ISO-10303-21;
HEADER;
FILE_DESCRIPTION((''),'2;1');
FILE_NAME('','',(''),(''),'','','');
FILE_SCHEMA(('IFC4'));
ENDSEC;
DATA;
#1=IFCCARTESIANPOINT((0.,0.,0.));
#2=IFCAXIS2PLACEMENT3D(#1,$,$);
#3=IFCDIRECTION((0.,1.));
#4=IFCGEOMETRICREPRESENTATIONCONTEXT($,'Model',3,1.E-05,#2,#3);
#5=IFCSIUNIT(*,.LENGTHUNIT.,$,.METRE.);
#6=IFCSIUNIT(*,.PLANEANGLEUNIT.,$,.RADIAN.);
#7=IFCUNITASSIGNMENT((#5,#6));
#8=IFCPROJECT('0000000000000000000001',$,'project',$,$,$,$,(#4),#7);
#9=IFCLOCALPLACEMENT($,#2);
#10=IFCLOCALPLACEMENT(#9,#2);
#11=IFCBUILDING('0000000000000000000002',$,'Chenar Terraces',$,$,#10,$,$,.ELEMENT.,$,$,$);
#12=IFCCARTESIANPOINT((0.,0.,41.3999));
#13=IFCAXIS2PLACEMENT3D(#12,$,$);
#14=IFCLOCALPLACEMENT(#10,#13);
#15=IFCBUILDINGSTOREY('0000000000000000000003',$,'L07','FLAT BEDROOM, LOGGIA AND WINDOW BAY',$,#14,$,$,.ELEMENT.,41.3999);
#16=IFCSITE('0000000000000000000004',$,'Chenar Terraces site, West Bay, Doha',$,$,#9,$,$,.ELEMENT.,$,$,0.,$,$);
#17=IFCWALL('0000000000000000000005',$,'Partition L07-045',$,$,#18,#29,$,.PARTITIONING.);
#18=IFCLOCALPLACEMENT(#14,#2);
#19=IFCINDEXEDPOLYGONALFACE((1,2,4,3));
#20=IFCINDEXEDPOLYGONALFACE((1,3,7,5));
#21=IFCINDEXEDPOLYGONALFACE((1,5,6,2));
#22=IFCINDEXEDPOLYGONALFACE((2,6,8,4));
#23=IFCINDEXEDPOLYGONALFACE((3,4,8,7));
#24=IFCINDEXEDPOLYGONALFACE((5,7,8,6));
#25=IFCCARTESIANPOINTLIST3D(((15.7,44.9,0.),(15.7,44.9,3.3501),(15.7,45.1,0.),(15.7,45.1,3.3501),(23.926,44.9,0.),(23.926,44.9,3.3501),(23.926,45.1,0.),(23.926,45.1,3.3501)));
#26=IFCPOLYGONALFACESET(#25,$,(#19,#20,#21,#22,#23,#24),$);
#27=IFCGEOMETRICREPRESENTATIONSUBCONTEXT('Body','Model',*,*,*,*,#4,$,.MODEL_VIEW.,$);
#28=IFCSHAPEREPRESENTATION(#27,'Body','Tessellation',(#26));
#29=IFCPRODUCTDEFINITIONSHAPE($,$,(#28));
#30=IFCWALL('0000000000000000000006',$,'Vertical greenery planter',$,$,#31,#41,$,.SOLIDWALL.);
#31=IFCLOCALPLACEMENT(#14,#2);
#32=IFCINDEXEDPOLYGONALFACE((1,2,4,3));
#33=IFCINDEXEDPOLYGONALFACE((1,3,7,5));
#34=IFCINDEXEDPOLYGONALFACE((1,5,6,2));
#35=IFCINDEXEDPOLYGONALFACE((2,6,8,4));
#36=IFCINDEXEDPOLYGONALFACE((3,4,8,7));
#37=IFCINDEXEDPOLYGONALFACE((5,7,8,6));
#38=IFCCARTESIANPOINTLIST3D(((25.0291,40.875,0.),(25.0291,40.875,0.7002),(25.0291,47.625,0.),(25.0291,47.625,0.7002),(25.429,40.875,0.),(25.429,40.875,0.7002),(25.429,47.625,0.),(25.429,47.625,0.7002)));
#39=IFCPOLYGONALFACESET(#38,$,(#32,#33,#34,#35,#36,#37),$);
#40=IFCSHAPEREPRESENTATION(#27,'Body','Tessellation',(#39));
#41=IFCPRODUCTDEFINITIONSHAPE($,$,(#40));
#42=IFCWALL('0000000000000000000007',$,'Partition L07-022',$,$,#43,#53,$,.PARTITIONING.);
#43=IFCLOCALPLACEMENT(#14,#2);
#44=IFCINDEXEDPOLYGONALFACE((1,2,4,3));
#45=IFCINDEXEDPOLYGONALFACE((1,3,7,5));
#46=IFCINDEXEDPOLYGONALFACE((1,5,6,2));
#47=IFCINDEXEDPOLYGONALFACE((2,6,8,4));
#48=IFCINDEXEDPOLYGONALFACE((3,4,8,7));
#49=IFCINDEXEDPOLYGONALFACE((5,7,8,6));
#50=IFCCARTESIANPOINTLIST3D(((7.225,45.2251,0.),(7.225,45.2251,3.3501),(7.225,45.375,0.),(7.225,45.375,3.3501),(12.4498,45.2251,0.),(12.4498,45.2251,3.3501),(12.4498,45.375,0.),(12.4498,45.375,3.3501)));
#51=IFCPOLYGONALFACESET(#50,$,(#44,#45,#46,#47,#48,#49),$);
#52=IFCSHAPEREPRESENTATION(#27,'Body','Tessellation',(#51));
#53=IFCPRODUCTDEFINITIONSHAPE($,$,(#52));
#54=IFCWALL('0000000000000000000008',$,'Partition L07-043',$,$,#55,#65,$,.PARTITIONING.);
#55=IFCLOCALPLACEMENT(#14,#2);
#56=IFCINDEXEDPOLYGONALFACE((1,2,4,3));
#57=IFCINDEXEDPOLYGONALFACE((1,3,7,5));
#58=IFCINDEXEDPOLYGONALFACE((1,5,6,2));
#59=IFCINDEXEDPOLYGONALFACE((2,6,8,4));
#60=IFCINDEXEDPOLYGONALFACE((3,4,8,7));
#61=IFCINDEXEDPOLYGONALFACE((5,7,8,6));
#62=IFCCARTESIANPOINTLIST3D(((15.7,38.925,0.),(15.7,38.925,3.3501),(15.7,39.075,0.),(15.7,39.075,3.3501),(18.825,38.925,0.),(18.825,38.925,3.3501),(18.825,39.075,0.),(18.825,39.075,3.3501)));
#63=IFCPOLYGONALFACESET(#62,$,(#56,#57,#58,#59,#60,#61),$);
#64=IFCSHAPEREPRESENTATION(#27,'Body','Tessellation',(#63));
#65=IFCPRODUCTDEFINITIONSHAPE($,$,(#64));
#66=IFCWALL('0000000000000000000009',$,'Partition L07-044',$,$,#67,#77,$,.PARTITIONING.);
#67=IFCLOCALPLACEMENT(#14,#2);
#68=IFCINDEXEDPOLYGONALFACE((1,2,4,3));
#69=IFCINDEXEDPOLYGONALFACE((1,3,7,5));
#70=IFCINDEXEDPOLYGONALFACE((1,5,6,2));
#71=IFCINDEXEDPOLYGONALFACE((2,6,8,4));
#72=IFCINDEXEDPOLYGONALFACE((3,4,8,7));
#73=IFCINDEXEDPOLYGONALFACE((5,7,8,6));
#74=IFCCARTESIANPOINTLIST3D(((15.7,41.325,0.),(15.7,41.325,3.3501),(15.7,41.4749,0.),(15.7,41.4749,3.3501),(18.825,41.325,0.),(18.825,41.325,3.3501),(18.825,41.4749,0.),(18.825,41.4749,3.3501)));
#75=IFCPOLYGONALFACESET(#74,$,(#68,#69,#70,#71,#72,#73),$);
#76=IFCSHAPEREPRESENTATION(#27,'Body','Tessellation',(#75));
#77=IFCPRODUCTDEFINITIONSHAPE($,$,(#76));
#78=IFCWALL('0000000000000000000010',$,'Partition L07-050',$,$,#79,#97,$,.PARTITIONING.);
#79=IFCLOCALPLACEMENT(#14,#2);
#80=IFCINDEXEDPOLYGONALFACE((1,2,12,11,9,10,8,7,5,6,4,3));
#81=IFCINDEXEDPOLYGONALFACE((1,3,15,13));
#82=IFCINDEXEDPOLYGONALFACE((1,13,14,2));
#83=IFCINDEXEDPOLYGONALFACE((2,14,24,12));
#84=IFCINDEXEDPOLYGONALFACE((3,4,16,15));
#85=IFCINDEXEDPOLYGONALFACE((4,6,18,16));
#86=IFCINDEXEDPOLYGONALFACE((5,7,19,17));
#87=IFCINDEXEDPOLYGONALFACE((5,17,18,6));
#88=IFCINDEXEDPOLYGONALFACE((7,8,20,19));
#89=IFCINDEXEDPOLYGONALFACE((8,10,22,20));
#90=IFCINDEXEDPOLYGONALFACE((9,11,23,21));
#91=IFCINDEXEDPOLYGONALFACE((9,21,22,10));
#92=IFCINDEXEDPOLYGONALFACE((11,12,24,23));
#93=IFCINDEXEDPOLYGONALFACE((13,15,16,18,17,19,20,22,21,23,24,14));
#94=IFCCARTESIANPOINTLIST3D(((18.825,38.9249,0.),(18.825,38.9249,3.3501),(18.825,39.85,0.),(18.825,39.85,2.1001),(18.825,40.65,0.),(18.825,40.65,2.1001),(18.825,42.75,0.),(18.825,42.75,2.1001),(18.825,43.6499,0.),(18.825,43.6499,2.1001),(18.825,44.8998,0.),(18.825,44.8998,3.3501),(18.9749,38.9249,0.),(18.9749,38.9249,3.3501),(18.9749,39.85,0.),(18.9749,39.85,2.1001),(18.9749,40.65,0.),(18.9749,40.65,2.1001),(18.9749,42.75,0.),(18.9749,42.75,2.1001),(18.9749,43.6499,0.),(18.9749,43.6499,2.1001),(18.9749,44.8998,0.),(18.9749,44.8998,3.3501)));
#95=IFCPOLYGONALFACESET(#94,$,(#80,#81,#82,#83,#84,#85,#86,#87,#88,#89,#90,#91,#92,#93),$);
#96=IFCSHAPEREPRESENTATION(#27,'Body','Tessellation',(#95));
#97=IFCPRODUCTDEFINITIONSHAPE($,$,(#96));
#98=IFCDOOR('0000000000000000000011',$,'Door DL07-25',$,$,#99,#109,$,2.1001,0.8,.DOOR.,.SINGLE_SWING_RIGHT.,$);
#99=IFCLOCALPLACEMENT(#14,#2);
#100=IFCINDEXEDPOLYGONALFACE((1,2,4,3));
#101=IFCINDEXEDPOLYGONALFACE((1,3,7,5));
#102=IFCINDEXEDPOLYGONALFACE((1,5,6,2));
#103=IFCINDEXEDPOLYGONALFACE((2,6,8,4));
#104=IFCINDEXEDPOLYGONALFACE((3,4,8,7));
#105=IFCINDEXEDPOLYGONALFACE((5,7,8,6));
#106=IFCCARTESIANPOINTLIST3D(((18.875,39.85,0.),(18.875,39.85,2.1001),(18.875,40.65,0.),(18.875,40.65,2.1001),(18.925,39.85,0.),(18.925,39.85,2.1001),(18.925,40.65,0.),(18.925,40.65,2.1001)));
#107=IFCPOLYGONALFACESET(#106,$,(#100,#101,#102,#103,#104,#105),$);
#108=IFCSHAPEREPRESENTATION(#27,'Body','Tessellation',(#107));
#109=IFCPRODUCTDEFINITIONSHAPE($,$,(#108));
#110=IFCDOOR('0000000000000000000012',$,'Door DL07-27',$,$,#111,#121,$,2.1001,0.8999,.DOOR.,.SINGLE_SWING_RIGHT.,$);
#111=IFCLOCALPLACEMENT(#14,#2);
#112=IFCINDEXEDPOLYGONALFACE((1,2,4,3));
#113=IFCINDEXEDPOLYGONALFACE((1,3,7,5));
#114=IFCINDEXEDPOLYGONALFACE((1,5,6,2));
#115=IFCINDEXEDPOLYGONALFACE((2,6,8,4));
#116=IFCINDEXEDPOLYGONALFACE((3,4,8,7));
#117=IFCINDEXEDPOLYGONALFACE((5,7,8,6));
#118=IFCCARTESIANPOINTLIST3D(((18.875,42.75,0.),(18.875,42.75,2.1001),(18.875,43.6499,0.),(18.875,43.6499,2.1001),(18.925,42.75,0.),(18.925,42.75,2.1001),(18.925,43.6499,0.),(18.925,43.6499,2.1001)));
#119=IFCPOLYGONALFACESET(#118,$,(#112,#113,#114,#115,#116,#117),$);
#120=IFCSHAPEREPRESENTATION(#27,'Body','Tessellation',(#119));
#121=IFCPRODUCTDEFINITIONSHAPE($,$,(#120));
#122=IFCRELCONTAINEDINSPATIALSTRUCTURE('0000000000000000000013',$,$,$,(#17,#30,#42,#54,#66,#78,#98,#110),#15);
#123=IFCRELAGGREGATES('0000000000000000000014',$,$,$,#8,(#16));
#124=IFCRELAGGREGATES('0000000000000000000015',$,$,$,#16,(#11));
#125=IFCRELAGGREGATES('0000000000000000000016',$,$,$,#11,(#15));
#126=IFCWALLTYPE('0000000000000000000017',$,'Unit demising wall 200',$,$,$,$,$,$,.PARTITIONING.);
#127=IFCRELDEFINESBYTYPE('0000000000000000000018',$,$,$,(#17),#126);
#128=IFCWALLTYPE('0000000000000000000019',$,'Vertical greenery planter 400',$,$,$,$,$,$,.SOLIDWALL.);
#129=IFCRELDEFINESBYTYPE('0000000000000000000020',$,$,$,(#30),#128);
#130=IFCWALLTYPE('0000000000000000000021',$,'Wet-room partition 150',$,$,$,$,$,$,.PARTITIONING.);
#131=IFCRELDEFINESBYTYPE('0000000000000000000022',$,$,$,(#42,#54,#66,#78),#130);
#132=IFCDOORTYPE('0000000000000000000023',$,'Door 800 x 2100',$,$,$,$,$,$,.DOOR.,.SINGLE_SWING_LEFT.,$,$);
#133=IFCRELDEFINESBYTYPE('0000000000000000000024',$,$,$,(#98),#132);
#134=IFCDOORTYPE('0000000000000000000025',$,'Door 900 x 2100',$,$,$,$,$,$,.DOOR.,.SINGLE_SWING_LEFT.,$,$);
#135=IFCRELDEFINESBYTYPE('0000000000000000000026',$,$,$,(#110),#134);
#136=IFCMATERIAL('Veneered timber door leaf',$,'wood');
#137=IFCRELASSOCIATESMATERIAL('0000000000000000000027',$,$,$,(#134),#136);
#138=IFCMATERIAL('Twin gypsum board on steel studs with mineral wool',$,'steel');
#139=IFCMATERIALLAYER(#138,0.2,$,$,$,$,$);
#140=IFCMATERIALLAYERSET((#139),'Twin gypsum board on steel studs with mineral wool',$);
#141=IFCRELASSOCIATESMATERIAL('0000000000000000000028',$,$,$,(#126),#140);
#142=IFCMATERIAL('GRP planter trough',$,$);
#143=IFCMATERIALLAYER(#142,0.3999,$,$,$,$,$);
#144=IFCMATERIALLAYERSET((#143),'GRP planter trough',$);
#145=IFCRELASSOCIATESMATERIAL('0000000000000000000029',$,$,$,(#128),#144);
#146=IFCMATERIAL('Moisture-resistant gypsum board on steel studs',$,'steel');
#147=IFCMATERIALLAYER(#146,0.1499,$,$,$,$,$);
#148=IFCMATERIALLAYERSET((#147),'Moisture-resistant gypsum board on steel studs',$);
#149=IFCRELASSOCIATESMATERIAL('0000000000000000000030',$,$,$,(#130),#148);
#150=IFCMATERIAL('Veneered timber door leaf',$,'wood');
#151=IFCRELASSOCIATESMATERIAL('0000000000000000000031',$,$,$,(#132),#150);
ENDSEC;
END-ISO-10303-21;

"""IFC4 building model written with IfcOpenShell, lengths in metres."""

from ifc_helpers import new_model, si_unit, direction, frame, frame_2d, origin, place, context, subcontext, project, spatial, rectangle, extrude, material, layer, layer_set, type_object, element, fill, save


model = new_model("IFC4")

# Units and contexts
model_context = context("Model", 3, precision=1e-05, world=origin(), true_north=direction((0.0, 1.0)))
body_context = subcontext(model_context, "Body", "Model", "MODEL_VIEW")
ifc_project = project(units=[si_unit("LENGTHUNIT", "METRE"), si_unit("PLANEANGLEUNIT", "RADIAN")], contexts=[model_context])

# Site, building, storey
site_placement = place(None, origin())
site = spatial("IfcSite", under=ifc_project, at=site_placement, Name="Chenar Terraces site, West Bay, Doha", CompositionType="ELEMENT", RefElevation=0.0)
building_placement = place(site_placement, origin())
building = spatial("IfcBuilding", under=site, at=building_placement, Name="Chenar Terraces", CompositionType="ELEMENT")
storey_placement = place(building_placement, frame((0.0, 0.0, 41.3999)))
storey = spatial("IfcBuildingStorey", under=building, at=storey_placement, Name="L07", Description="FLAT BEDROOM, LOGGIA AND WINDOW BAY", CompositionType="ELEMENT", Elevation=41.3999)

# Shared definitions
ifc_material_1 = material(Name="Veneered timber door leaf", Category="wood")
door_type_1 = type_object("IfcDoorType", Name="Door 900 x 2100", OperationType="SINGLE_SWING_LEFT", PredefinedType="DOOR", material=ifc_material_1)

# Walls
ifc_material_2 = material(Name="Twin gypsum board on steel studs with mineral wool", Category="steel")
ifc_layer_1 = layer(ifc_material_2, 0.2)
ifc_layer_set_1 = layer_set([ifc_layer_1], Name="Twin gypsum board on steel studs with mineral wool")
wall_type_1 = type_object("IfcWallType", Name="Unit demising wall 200", PredefinedType="PARTITIONING", material=ifc_layer_set_1)
wall_1_placement = place(storey_placement, frame((15.7, 45.0, 0.0), z_axis=(0.0, 0.0, 1.0), x_axis=(1.0, 0.0, 0.0)))
element("IfcWall", 1, at=wall_1_placement, inside=storey, type_object=wall_type_1, Name="Partition L07-045", PredefinedType="PARTITIONING", context=body_context, shape_type="SweptSolid", body=[
    extrude(rectangle(XDim=8.2261, YDim=0.2, at=frame_2d((4.113, 0.0))), origin(), (0.0, 0.0, 1.0), 3.3501),
])
ifc_material_3 = material(Name="GRP planter trough")
ifc_layer_2 = layer(ifc_material_3, 0.3999)
ifc_layer_set_2 = layer_set([ifc_layer_2], Name="GRP planter trough")
wall_type_2 = type_object("IfcWallType", Name="Vertical greenery planter 400", PredefinedType="SOLIDWALL", material=ifc_layer_set_2)
wall_2_placement = place(storey_placement, frame((25.229, 40.875, 0.0), z_axis=(0.0, 0.0, 1.0), x_axis=(0.0, 1.0, 0.0)))
element("IfcWall", 2, at=wall_2_placement, inside=storey, type_object=wall_type_2, Name="Vertical greenery planter", PredefinedType="SOLIDWALL", context=body_context, shape_type="SweptSolid", body=[
    extrude(rectangle(XDim=6.75, YDim=0.3999, at=frame_2d((3.375, 0.0))), origin(), (0.0, 0.0, 1.0), 0.7002),
])
ifc_material_4 = material(Name="Moisture-resistant gypsum board on steel studs", Category="steel")
ifc_layer_3 = layer(ifc_material_4, 0.1499)
ifc_layer_set_3 = layer_set([ifc_layer_3], Name="Moisture-resistant gypsum board on steel studs")
wall_type_3 = type_object("IfcWallType", Name="Wet-room partition 150", PredefinedType="PARTITIONING", material=ifc_layer_set_3)
wall_3_placement = place(storey_placement, frame((7.2251, 45.3, 0.0), z_axis=(0.0, 0.0, 1.0), x_axis=(1.0, 0.0, 0.0)))
element("IfcWall", 3, at=wall_3_placement, inside=storey, type_object=wall_type_3, Name="Partition L07-022", PredefinedType="PARTITIONING", context=body_context, shape_type="SweptSolid", body=[
    extrude(rectangle(XDim=5.2249, YDim=0.1499, at=frame_2d((2.6123, 0.0))), origin(), (0.0, 0.0, 1.0), 3.3501),
])
for number, where, z_axis, x_axis, name in (
    (4, (15.7, 39.0, 0.0), (0.0, 0.0, 1.0), (1.0, 0.0, 0.0), "Partition L07-043"),
    (5, (15.7, 41.3999, 0.0), (0.0, 0.0, 1.0), (1.0, 0.0, 0.0), "Partition L07-044"),
):
    element("IfcWall", number, at=place(storey_placement, frame(where, z_axis=z_axis, x_axis=x_axis)), inside=storey, type_object=wall_type_3, Name=name, PredefinedType="PARTITIONING", context=body_context, shape_type="SweptSolid", body=[
        extrude(rectangle(XDim=3.125, YDim=0.1499, at=frame_2d((1.5625, 0.0))), origin(), (0.0, 0.0, 1.0), 3.3501),
    ])

# Wall, openings, doors
wall_4_placement = place(storey_placement, frame((18.8999, 38.925, 0.0), z_axis=(0.0, 0.0, 1.0), x_axis=(0.0, 1.0, 0.0)))
wall_4 = element("IfcWall", 6, at=wall_4_placement, inside=storey, type_object=wall_type_3, Name="Partition L07-050", PredefinedType="PARTITIONING", context=body_context, shape_type="SweptSolid", body=[
    extrude(rectangle(XDim=5.9749, YDim=0.1499, at=frame_2d((2.9873, 0.0))), origin(), (0.0, 0.0, 1.0), 3.3501),
])
opening_1_placement = place(wall_4_placement, frame((0.925, 0.0, 0.0)))
opening_1 = element("IfcOpeningElement", 7, at=opening_1_placement, cuts=wall_4, PredefinedType="OPENING", context=body_context, shape_type="SweptSolid", body=[
    extrude(rectangle(XDim=0.8, YDim=2.1001, at=frame_2d((0.3999, 1.05))), frame((0.0, 0.085, 0.0), z_axis=(0.0, -1.0, 0.0), x_axis=(1.0, 0.0, 0.0)), (0.0, 0.0, 1.0), 0.1699),
])
opening_2_placement = place(wall_4_placement, frame((3.825, 0.0, 0.0)))
opening_2 = element("IfcOpeningElement", 8, at=opening_2_placement, cuts=wall_4, PredefinedType="OPENING", context=body_context, shape_type="SweptSolid", body=[
    extrude(rectangle(XDim=0.8999, YDim=2.1001, at=frame_2d((0.45, 1.05))), frame((0.0, 0.085, 0.0), z_axis=(0.0, -1.0, 0.0), x_axis=(1.0, 0.0, 0.0)), (0.0, 0.0, 1.0), 0.1699),
])
ifc_material_5 = material(Name="Veneered timber door leaf", Category="wood")
door_type_2 = type_object("IfcDoorType", Name="Door 800 x 2100", OperationType="SINGLE_SWING_LEFT", PredefinedType="DOOR", material=ifc_material_5)
door_1_placement = place(opening_1_placement, origin())
door_1 = element("IfcDoor", 9, at=door_1_placement, inside=storey, type_object=door_type_2, Name="Door DL07-25", OperationType="SINGLE_SWING_RIGHT", OverallHeight=2.1001, OverallWidth=0.8, PredefinedType="DOOR", context=body_context, shape_type="SweptSolid", body=[
    extrude(rectangle(XDim=0.8, YDim=2.1001, at=frame_2d((0.3999, 1.05))), frame((0.0, 0.0249, 0.0), z_axis=(0.0, -1.0, 0.0), x_axis=(1.0, 0.0, 0.0)), (0.0, 0.0, 1.0), 0.05),
])
fill(opening_1, door_1)
door_2_placement = place(opening_2_placement, origin())
door_2 = element("IfcDoor", 10, at=door_2_placement, inside=storey, type_object=door_type_1, Name="Door DL07-27", OperationType="SINGLE_SWING_RIGHT", OverallHeight=2.1001, OverallWidth=0.8999, PredefinedType="DOOR", context=body_context, shape_type="SweptSolid", body=[
    extrude(rectangle(XDim=0.8999, YDim=2.1001, at=frame_2d((0.45, 1.05))), frame((0.0, 0.0249, 0.0), z_axis=(0.0, -1.0, 0.0), x_axis=(1.0, 0.0, 0.0)), (0.0, 0.0, 1.0), 0.05),
])
fill(opening_2, door_2)

save(model, "model.ifc")
